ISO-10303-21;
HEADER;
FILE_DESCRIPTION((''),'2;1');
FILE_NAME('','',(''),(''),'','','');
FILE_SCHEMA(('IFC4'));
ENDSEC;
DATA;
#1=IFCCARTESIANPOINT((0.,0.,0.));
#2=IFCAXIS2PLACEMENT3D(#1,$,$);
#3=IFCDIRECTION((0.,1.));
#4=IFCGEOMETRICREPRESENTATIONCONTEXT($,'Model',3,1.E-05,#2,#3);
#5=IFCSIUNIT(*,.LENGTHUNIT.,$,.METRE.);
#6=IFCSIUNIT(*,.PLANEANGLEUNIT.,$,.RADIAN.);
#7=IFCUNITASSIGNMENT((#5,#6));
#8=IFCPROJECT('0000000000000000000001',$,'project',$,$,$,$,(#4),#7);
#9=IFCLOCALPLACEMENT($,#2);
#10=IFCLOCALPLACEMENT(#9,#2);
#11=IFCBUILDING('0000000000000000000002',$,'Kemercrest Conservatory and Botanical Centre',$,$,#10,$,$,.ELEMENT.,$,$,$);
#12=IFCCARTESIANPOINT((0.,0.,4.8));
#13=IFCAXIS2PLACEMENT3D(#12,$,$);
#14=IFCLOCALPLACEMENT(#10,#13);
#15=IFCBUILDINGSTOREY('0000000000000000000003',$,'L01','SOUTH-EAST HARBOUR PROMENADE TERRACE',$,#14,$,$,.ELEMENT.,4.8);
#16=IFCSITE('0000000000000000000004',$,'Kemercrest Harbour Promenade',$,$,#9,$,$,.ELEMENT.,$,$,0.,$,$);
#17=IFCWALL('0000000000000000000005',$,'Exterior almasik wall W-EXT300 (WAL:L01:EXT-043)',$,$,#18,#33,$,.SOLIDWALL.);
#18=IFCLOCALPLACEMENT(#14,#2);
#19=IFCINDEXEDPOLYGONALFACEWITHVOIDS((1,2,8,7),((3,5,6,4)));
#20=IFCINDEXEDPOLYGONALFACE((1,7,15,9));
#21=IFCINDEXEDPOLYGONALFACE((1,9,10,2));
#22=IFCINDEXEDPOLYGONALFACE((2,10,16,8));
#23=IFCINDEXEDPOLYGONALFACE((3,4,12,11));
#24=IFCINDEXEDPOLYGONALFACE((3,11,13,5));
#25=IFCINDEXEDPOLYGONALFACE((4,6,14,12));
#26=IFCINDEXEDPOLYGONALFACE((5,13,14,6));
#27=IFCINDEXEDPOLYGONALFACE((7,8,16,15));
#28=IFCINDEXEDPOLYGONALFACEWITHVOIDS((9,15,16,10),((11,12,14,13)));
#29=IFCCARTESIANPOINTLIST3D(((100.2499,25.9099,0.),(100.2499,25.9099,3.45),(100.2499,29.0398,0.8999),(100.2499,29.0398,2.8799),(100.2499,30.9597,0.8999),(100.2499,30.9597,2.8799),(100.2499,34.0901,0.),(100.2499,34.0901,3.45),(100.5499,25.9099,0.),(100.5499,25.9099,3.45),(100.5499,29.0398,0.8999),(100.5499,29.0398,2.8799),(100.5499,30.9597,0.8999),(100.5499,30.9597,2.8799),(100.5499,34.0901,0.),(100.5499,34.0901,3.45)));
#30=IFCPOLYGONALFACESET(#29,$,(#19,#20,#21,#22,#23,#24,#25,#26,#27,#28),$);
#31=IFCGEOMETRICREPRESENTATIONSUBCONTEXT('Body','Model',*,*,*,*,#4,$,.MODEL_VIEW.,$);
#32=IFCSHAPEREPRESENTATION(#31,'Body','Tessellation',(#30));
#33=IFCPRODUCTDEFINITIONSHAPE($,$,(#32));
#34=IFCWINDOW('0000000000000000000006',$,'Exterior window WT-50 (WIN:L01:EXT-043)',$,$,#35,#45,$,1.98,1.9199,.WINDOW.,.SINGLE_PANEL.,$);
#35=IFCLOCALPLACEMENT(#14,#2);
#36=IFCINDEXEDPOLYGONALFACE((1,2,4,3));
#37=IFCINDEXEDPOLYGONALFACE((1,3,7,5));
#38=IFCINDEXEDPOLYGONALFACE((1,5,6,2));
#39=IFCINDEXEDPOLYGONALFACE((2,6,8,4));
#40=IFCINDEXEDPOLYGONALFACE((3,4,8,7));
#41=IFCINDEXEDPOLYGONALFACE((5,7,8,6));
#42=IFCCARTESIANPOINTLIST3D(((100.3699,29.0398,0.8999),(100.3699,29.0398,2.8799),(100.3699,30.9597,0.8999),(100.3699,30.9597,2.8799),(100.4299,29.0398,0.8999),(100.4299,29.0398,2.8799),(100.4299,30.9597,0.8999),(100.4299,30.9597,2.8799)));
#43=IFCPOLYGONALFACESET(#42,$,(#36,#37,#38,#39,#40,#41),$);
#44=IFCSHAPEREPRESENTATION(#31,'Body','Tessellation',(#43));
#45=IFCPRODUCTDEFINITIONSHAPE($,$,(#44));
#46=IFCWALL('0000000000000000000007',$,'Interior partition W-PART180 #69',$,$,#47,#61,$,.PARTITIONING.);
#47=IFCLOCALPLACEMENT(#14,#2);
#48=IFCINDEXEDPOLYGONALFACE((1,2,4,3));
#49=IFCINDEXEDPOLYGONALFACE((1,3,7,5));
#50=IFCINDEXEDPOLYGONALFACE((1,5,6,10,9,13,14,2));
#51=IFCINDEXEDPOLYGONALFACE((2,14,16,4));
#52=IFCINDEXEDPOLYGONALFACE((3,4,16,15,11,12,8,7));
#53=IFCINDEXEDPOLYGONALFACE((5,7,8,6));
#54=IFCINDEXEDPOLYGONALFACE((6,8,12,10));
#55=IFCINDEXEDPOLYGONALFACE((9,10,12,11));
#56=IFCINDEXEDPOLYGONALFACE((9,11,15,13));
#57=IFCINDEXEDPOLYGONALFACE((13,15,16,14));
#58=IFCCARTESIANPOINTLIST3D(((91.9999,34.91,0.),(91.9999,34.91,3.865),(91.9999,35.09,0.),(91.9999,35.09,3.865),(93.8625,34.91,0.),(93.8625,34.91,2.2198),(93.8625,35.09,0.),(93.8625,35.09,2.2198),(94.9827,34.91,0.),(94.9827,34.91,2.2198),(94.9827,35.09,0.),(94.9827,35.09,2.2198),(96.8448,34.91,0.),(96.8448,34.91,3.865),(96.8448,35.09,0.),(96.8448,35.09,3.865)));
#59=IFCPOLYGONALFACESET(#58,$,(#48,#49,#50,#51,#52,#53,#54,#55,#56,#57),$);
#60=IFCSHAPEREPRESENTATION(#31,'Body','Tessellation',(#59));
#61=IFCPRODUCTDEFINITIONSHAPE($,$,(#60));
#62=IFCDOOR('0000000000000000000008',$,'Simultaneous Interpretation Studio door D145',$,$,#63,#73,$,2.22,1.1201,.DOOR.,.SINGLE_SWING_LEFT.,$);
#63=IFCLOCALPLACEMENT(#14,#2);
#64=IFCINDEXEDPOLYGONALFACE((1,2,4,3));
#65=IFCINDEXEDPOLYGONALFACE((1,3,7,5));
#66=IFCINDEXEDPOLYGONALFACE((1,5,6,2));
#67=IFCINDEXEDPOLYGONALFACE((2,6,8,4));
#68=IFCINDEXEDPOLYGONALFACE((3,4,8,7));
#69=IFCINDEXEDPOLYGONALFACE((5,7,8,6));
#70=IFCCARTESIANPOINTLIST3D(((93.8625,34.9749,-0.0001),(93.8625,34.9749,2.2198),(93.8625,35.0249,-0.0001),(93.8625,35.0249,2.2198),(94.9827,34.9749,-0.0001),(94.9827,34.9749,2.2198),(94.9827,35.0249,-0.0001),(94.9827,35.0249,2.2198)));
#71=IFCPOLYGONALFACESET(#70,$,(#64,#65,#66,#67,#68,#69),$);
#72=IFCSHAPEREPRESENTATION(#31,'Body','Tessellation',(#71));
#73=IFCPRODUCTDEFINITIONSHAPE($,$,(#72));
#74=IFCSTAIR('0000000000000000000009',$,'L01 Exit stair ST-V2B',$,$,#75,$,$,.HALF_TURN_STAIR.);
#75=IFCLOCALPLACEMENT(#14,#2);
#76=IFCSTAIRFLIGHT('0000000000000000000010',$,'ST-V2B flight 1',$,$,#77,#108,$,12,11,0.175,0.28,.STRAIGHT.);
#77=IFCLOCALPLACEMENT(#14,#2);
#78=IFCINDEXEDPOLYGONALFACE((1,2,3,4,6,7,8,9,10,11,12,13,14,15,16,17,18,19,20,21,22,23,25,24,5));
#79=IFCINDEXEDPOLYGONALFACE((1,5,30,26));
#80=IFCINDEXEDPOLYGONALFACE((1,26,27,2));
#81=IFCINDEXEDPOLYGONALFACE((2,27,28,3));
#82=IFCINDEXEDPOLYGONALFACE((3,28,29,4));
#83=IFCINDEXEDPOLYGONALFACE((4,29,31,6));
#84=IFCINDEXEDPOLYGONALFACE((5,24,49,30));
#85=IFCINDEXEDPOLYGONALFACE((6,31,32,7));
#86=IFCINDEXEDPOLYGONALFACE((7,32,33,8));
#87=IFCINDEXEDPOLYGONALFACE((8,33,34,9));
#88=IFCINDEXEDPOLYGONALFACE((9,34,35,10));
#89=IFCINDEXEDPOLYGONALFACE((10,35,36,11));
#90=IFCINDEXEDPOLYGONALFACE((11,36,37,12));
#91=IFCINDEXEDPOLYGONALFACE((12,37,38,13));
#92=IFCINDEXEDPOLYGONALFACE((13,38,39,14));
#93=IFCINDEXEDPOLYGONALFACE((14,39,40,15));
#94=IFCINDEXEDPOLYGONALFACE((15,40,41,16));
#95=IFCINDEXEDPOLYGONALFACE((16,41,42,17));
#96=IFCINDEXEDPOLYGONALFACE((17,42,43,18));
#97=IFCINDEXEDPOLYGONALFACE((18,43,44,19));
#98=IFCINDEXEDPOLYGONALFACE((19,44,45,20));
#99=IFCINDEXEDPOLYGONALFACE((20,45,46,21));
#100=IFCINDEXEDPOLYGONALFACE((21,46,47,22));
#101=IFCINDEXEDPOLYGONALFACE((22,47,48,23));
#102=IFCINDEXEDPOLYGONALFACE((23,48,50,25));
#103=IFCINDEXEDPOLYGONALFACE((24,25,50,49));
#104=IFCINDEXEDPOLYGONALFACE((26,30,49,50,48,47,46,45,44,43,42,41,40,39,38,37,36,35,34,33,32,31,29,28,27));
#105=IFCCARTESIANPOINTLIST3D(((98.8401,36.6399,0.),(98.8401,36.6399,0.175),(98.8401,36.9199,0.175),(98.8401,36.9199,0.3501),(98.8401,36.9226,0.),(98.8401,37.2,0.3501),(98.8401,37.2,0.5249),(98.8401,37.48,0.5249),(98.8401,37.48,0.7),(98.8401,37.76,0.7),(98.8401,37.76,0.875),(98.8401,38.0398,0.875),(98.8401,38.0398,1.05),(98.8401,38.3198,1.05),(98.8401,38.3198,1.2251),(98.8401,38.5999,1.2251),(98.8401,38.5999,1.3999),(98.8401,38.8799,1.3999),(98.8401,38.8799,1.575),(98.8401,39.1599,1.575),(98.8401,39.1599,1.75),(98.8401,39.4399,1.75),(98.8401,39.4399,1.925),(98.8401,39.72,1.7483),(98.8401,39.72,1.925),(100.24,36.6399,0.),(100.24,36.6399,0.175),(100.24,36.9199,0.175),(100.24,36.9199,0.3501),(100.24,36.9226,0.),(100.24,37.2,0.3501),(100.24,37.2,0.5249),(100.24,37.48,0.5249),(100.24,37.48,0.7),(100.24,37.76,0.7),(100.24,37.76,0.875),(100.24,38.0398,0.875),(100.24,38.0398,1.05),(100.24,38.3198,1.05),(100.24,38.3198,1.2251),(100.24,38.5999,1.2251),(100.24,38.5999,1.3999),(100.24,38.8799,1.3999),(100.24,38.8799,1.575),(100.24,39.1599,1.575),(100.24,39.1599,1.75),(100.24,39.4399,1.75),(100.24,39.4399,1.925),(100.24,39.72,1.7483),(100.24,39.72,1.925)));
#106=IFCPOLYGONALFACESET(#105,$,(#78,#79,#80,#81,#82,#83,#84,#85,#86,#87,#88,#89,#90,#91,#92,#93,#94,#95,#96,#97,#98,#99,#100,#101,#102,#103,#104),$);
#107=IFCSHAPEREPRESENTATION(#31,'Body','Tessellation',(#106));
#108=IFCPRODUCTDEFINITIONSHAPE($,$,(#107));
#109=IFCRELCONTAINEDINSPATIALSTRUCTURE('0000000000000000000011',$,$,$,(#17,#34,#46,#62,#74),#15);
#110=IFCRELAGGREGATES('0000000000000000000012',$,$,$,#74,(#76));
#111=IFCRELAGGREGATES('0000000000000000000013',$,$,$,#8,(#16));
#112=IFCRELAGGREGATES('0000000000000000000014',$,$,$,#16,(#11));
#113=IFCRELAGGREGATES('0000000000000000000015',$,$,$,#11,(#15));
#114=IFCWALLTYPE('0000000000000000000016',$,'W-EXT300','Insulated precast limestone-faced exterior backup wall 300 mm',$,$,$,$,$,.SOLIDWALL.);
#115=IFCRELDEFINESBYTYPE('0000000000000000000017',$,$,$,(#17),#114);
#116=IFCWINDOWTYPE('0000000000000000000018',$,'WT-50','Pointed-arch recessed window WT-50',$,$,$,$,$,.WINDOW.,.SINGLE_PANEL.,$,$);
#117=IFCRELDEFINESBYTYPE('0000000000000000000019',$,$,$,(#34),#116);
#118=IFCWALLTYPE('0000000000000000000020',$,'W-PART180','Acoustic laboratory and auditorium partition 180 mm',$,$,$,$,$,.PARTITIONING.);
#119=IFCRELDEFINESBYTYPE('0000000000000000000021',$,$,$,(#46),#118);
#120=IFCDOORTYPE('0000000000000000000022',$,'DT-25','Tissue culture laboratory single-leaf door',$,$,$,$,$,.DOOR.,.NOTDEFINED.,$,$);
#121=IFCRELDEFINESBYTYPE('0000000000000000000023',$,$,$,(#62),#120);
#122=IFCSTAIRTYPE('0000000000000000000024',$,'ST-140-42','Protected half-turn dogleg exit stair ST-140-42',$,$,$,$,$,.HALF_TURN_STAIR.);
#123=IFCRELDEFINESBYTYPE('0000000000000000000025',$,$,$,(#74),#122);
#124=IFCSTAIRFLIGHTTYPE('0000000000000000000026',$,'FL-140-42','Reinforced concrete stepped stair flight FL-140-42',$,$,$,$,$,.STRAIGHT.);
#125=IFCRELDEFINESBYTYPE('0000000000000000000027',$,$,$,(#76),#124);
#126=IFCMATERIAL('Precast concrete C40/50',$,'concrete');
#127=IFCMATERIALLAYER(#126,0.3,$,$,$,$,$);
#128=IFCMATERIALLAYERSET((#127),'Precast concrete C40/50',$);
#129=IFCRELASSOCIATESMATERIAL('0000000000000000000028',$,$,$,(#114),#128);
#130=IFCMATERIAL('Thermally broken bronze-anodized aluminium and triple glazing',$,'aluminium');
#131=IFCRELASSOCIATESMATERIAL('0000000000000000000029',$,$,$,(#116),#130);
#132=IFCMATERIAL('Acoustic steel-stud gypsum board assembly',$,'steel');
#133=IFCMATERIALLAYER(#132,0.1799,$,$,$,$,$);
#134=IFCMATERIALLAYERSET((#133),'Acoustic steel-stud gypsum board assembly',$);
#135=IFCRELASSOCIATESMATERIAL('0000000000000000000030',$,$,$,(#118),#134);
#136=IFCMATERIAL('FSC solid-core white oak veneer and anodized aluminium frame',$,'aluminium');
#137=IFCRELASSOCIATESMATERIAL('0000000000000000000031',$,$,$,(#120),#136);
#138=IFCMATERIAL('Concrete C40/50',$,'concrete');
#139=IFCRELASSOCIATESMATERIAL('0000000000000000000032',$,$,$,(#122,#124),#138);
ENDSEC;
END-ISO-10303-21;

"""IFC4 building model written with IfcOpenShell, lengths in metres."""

from ifc_helpers import new_model, si_unit, direction, frame, frame_2d, origin, place, context, subcontext, project, spatial, polyline, rectangle, outline, extrude, material, layer, layer_set, type_object, element, fill, aggregate, save


model = new_model("IFC4")

# Units and contexts
model_context = context("Model", 3, precision=1e-05, world=origin(), true_north=direction((0.0, 1.0)))
body_context = subcontext(model_context, "Body", "Model", "MODEL_VIEW")
ifc_project = project(units=[si_unit("LENGTHUNIT", "METRE"), si_unit("PLANEANGLEUNIT", "RADIAN")], contexts=[model_context])

# Site, building, storey
site_placement = place(None, origin())
site = spatial("IfcSite", under=ifc_project, at=site_placement, Name="Kemercrest Harbour Promenade", CompositionType="ELEMENT", RefElevation=0.0)
building_placement = place(site_placement, origin())
building = spatial("IfcBuilding", under=site, at=building_placement, Name="Kemercrest Conservatory and Botanical Centre", CompositionType="ELEMENT")
storey_placement = place(building_placement, frame((0.0, 0.0, 4.8)))
storey = spatial("IfcBuildingStorey", under=building, at=storey_placement, Name="L01", Description="SOUTH-EAST HARBOUR PROMENADE TERRACE", CompositionType="ELEMENT", Elevation=4.8)

# Shared definitions
ifc_material_1 = material(Name="Concrete C40/50", Category="concrete")

# Shared definitions
ifc_material_2 = material(Name="Precast concrete C40/50", Category="concrete")

# Wall, opening, window
ifc_layer_1 = layer(ifc_material_2, 0.3)
ifc_layer_set_1 = layer_set([ifc_layer_1], Name="Precast concrete C40/50")
wall_type_1 = type_object("IfcWallType", Name="W-EXT300", Description="Insulated precast limestone-faced exterior backup wall 300 mm", PredefinedType="SOLIDWALL", material=ifc_layer_set_1)
wall_1_placement = place(storey_placement, frame((100.3999, 25.9099, 0.0), z_axis=(0.0, 0.0, 1.0), x_axis=(0.0, 1.0, 0.0)))
wall_1 = element("IfcWall", 1, at=wall_1_placement, inside=storey, type_object=wall_type_1, Name="Exterior almasik wall W-EXT300 (WAL:L01:EXT-043)", PredefinedType="SOLIDWALL", context=body_context, shape_type="SweptSolid", body=[
    extrude(rectangle(XDim=8.1802, YDim=0.3, at=frame_2d((4.0901, 0.0))), origin(), (0.0, 0.0, 1.0), 3.45),
])
opening_1_placement = place(wall_1_placement, frame((3.1299, 0.0, 0.8999)))
opening_1 = element("IfcOpeningElement", 2, at=opening_1_placement, cuts=wall_1, PredefinedType="OPENING", context=body_context, shape_type="SweptSolid", body=[
    extrude(rectangle(XDim=1.9199, YDim=1.98, at=frame_2d((0.96, 0.99))), frame((0.0, 0.1602, 0.0), z_axis=(0.0, -1.0, 0.0), x_axis=(1.0, 0.0, 0.0)), (0.0, 0.0, 1.0), 0.3201),
])
ifc_material_3 = material(Name="Thermally broken bronze-anodized aluminium and triple glazing", Category="aluminium")
window_type = type_object("IfcWindowType", Name="WT-50", Description="Pointed-arch recessed window WT-50", PartitioningType="SINGLE_PANEL", PredefinedType="WINDOW", material=ifc_material_3)
window_placement = place(opening_1_placement, origin())
window = element("IfcWindow", 3, at=window_placement, inside=storey, type_object=window_type, Name="Exterior window WT-50 (WIN:L01:EXT-043)", OverallHeight=1.98, OverallWidth=1.9199, PartitioningType="SINGLE_PANEL", PredefinedType="WINDOW", context=body_context, shape_type="SweptSolid", body=[
    extrude(rectangle(XDim=1.9199, YDim=1.98, at=frame_2d((0.96, 0.99))), frame((0.0, 0.03, 0.0), z_axis=(0.0, -1.0, 0.0), x_axis=(1.0, 0.0, 0.0)), (0.0, 0.0, 1.0), 0.0601),
])
fill(opening_1, window)

# Wall, opening, door
ifc_material_4 = material(Name="Acoustic steel-stud gypsum board assembly", Category="steel")
ifc_layer_2 = layer(ifc_material_4, 0.1799)
ifc_layer_set_2 = layer_set([ifc_layer_2], Name="Acoustic steel-stud gypsum board assembly")
wall_type_2 = type_object("IfcWallType", Name="W-PART180", Description="Acoustic laboratory and auditorium partition 180 mm", PredefinedType="PARTITIONING", material=ifc_layer_set_2)
wall_2_placement = place(storey_placement, frame((92.0, 35.0, 0.0), z_axis=(0.0, 0.0, 1.0), x_axis=(1.0, 0.0, 0.0)))
wall_2 = element("IfcWall", 4, at=wall_2_placement, inside=storey, type_object=wall_type_2, Name="Interior partition W-PART180 #69", PredefinedType="PARTITIONING", context=body_context, shape_type="SweptSolid", body=[
    extrude(rectangle(XDim=4.845, YDim=0.1799, at=frame_2d((2.4224, 0.0))), origin(), (0.0, 0.0, 1.0), 3.865),
])
opening_2_placement = place(wall_2_placement, frame((1.8625, 0.0, 0.0)))
opening_2 = element("IfcOpeningElement", 5, at=opening_2_placement, cuts=wall_2, PredefinedType="OPENING", context=body_context, shape_type="SweptSolid", body=[
    extrude(rectangle(XDim=1.1201, YDim=2.22, at=frame_2d((0.5601, 1.1099))), frame((0.0, 0.1001, 0.0), z_axis=(0.0, -1.0, 0.0), x_axis=(1.0, 0.0, 0.0)), (0.0, 0.0, 1.0), 0.2),
])
ifc_material_5 = material(Name="FSC solid-core white oak veneer and anodized aluminium frame", Category="aluminium")
door_type_1 = type_object("IfcDoorType", Name="DT-25", Description="Tissue culture laboratory single-leaf door", OperationType="NOTDEFINED", PredefinedType="DOOR", material=ifc_material_5)
door_1_placement = place(opening_2_placement, origin())
door_1 = element("IfcDoor", 6, at=door_1_placement, inside=storey, type_object=door_type_1, Name="Simultaneous Interpretation Studio door D145", OperationType="SINGLE_SWING_LEFT", OverallHeight=2.22, OverallWidth=1.1201, PredefinedType="DOOR", context=body_context, shape_type="SweptSolid", body=[
    extrude(rectangle(XDim=1.1201, YDim=2.22, at=frame_2d((0.5601, 1.1099))), frame((0.0, 0.0249, 0.0), z_axis=(0.0, -1.0, 0.0), x_axis=(1.0, 0.0, 0.0)), (0.0, 0.0, 1.0), 0.05),
])
fill(opening_2, door_1)

# Stair, stair flight
stair_type = type_object("IfcStairType", Name="ST-140-42", Description="Protected half-turn dogleg exit stair ST-140-42", PredefinedType="HALF_TURN_STAIR", material=ifc_material_1)
stair_placement = place(storey_placement, origin())
stair = element("IfcStair", 7, at=stair_placement, inside=storey, type_object=stair_type, Name="L01 Exit stair ST-V2B", PredefinedType="HALF_TURN_STAIR")
stair_flight_type = type_object("IfcStairFlightType", Name="FL-140-42", Description="Reinforced concrete stepped stair flight FL-140-42", PredefinedType="STRAIGHT", material=ifc_material_1)
stair_flight_placement = place(storey_placement, frame((99.54, 36.6399, 0.0), z_axis=(0.0, 0.0, 1.0), x_axis=(0.0, 1.0, 0.0)))
stair_flight = element("IfcStairFlight", 8, at=stair_flight_placement, type_object=stair_flight_type, Name="ST-V2B flight 1", NumberOfRisers=12, NumberOfTreads=11, PredefinedType="STRAIGHT", RiserHeight=0.175, TreadLength=0.28, context=body_context, shape_type="SweptSolid", body=[
    extrude(outline(polyline([(0.0, 0.0), (0.0, 0.175), (0.28, 0.175), (0.28, 0.3501), (0.5601, 0.3501), (0.5601, 0.5249), (0.8401, 0.5249), (0.8401, 0.7), (1.1201, 0.7), (1.1201, 0.875), (1.3999, 0.875), (1.3999, 1.05), (1.6799, 1.05), (1.6799, 1.2251), (1.96, 1.2251), (1.96, 1.3999), (2.24, 1.3999), (2.24, 1.575), (2.52, 1.575), (2.52, 1.75), (2.8, 1.75), (2.8, 1.925), (3.0801, 1.925), (3.0801, 2.1001), (3.0801, 1.7483), (0.2827, 0.0), (0.0, 0.0)])), frame((0.0, 0.7, 0.0), z_axis=(0.0, -1.0, 0.0), x_axis=(1.0, 0.0, 0.0)), (0.0, 0.0, 1.0), 1.3999),
])
aggregate(stair, [stair_flight])

save(model, "model.ifc")
